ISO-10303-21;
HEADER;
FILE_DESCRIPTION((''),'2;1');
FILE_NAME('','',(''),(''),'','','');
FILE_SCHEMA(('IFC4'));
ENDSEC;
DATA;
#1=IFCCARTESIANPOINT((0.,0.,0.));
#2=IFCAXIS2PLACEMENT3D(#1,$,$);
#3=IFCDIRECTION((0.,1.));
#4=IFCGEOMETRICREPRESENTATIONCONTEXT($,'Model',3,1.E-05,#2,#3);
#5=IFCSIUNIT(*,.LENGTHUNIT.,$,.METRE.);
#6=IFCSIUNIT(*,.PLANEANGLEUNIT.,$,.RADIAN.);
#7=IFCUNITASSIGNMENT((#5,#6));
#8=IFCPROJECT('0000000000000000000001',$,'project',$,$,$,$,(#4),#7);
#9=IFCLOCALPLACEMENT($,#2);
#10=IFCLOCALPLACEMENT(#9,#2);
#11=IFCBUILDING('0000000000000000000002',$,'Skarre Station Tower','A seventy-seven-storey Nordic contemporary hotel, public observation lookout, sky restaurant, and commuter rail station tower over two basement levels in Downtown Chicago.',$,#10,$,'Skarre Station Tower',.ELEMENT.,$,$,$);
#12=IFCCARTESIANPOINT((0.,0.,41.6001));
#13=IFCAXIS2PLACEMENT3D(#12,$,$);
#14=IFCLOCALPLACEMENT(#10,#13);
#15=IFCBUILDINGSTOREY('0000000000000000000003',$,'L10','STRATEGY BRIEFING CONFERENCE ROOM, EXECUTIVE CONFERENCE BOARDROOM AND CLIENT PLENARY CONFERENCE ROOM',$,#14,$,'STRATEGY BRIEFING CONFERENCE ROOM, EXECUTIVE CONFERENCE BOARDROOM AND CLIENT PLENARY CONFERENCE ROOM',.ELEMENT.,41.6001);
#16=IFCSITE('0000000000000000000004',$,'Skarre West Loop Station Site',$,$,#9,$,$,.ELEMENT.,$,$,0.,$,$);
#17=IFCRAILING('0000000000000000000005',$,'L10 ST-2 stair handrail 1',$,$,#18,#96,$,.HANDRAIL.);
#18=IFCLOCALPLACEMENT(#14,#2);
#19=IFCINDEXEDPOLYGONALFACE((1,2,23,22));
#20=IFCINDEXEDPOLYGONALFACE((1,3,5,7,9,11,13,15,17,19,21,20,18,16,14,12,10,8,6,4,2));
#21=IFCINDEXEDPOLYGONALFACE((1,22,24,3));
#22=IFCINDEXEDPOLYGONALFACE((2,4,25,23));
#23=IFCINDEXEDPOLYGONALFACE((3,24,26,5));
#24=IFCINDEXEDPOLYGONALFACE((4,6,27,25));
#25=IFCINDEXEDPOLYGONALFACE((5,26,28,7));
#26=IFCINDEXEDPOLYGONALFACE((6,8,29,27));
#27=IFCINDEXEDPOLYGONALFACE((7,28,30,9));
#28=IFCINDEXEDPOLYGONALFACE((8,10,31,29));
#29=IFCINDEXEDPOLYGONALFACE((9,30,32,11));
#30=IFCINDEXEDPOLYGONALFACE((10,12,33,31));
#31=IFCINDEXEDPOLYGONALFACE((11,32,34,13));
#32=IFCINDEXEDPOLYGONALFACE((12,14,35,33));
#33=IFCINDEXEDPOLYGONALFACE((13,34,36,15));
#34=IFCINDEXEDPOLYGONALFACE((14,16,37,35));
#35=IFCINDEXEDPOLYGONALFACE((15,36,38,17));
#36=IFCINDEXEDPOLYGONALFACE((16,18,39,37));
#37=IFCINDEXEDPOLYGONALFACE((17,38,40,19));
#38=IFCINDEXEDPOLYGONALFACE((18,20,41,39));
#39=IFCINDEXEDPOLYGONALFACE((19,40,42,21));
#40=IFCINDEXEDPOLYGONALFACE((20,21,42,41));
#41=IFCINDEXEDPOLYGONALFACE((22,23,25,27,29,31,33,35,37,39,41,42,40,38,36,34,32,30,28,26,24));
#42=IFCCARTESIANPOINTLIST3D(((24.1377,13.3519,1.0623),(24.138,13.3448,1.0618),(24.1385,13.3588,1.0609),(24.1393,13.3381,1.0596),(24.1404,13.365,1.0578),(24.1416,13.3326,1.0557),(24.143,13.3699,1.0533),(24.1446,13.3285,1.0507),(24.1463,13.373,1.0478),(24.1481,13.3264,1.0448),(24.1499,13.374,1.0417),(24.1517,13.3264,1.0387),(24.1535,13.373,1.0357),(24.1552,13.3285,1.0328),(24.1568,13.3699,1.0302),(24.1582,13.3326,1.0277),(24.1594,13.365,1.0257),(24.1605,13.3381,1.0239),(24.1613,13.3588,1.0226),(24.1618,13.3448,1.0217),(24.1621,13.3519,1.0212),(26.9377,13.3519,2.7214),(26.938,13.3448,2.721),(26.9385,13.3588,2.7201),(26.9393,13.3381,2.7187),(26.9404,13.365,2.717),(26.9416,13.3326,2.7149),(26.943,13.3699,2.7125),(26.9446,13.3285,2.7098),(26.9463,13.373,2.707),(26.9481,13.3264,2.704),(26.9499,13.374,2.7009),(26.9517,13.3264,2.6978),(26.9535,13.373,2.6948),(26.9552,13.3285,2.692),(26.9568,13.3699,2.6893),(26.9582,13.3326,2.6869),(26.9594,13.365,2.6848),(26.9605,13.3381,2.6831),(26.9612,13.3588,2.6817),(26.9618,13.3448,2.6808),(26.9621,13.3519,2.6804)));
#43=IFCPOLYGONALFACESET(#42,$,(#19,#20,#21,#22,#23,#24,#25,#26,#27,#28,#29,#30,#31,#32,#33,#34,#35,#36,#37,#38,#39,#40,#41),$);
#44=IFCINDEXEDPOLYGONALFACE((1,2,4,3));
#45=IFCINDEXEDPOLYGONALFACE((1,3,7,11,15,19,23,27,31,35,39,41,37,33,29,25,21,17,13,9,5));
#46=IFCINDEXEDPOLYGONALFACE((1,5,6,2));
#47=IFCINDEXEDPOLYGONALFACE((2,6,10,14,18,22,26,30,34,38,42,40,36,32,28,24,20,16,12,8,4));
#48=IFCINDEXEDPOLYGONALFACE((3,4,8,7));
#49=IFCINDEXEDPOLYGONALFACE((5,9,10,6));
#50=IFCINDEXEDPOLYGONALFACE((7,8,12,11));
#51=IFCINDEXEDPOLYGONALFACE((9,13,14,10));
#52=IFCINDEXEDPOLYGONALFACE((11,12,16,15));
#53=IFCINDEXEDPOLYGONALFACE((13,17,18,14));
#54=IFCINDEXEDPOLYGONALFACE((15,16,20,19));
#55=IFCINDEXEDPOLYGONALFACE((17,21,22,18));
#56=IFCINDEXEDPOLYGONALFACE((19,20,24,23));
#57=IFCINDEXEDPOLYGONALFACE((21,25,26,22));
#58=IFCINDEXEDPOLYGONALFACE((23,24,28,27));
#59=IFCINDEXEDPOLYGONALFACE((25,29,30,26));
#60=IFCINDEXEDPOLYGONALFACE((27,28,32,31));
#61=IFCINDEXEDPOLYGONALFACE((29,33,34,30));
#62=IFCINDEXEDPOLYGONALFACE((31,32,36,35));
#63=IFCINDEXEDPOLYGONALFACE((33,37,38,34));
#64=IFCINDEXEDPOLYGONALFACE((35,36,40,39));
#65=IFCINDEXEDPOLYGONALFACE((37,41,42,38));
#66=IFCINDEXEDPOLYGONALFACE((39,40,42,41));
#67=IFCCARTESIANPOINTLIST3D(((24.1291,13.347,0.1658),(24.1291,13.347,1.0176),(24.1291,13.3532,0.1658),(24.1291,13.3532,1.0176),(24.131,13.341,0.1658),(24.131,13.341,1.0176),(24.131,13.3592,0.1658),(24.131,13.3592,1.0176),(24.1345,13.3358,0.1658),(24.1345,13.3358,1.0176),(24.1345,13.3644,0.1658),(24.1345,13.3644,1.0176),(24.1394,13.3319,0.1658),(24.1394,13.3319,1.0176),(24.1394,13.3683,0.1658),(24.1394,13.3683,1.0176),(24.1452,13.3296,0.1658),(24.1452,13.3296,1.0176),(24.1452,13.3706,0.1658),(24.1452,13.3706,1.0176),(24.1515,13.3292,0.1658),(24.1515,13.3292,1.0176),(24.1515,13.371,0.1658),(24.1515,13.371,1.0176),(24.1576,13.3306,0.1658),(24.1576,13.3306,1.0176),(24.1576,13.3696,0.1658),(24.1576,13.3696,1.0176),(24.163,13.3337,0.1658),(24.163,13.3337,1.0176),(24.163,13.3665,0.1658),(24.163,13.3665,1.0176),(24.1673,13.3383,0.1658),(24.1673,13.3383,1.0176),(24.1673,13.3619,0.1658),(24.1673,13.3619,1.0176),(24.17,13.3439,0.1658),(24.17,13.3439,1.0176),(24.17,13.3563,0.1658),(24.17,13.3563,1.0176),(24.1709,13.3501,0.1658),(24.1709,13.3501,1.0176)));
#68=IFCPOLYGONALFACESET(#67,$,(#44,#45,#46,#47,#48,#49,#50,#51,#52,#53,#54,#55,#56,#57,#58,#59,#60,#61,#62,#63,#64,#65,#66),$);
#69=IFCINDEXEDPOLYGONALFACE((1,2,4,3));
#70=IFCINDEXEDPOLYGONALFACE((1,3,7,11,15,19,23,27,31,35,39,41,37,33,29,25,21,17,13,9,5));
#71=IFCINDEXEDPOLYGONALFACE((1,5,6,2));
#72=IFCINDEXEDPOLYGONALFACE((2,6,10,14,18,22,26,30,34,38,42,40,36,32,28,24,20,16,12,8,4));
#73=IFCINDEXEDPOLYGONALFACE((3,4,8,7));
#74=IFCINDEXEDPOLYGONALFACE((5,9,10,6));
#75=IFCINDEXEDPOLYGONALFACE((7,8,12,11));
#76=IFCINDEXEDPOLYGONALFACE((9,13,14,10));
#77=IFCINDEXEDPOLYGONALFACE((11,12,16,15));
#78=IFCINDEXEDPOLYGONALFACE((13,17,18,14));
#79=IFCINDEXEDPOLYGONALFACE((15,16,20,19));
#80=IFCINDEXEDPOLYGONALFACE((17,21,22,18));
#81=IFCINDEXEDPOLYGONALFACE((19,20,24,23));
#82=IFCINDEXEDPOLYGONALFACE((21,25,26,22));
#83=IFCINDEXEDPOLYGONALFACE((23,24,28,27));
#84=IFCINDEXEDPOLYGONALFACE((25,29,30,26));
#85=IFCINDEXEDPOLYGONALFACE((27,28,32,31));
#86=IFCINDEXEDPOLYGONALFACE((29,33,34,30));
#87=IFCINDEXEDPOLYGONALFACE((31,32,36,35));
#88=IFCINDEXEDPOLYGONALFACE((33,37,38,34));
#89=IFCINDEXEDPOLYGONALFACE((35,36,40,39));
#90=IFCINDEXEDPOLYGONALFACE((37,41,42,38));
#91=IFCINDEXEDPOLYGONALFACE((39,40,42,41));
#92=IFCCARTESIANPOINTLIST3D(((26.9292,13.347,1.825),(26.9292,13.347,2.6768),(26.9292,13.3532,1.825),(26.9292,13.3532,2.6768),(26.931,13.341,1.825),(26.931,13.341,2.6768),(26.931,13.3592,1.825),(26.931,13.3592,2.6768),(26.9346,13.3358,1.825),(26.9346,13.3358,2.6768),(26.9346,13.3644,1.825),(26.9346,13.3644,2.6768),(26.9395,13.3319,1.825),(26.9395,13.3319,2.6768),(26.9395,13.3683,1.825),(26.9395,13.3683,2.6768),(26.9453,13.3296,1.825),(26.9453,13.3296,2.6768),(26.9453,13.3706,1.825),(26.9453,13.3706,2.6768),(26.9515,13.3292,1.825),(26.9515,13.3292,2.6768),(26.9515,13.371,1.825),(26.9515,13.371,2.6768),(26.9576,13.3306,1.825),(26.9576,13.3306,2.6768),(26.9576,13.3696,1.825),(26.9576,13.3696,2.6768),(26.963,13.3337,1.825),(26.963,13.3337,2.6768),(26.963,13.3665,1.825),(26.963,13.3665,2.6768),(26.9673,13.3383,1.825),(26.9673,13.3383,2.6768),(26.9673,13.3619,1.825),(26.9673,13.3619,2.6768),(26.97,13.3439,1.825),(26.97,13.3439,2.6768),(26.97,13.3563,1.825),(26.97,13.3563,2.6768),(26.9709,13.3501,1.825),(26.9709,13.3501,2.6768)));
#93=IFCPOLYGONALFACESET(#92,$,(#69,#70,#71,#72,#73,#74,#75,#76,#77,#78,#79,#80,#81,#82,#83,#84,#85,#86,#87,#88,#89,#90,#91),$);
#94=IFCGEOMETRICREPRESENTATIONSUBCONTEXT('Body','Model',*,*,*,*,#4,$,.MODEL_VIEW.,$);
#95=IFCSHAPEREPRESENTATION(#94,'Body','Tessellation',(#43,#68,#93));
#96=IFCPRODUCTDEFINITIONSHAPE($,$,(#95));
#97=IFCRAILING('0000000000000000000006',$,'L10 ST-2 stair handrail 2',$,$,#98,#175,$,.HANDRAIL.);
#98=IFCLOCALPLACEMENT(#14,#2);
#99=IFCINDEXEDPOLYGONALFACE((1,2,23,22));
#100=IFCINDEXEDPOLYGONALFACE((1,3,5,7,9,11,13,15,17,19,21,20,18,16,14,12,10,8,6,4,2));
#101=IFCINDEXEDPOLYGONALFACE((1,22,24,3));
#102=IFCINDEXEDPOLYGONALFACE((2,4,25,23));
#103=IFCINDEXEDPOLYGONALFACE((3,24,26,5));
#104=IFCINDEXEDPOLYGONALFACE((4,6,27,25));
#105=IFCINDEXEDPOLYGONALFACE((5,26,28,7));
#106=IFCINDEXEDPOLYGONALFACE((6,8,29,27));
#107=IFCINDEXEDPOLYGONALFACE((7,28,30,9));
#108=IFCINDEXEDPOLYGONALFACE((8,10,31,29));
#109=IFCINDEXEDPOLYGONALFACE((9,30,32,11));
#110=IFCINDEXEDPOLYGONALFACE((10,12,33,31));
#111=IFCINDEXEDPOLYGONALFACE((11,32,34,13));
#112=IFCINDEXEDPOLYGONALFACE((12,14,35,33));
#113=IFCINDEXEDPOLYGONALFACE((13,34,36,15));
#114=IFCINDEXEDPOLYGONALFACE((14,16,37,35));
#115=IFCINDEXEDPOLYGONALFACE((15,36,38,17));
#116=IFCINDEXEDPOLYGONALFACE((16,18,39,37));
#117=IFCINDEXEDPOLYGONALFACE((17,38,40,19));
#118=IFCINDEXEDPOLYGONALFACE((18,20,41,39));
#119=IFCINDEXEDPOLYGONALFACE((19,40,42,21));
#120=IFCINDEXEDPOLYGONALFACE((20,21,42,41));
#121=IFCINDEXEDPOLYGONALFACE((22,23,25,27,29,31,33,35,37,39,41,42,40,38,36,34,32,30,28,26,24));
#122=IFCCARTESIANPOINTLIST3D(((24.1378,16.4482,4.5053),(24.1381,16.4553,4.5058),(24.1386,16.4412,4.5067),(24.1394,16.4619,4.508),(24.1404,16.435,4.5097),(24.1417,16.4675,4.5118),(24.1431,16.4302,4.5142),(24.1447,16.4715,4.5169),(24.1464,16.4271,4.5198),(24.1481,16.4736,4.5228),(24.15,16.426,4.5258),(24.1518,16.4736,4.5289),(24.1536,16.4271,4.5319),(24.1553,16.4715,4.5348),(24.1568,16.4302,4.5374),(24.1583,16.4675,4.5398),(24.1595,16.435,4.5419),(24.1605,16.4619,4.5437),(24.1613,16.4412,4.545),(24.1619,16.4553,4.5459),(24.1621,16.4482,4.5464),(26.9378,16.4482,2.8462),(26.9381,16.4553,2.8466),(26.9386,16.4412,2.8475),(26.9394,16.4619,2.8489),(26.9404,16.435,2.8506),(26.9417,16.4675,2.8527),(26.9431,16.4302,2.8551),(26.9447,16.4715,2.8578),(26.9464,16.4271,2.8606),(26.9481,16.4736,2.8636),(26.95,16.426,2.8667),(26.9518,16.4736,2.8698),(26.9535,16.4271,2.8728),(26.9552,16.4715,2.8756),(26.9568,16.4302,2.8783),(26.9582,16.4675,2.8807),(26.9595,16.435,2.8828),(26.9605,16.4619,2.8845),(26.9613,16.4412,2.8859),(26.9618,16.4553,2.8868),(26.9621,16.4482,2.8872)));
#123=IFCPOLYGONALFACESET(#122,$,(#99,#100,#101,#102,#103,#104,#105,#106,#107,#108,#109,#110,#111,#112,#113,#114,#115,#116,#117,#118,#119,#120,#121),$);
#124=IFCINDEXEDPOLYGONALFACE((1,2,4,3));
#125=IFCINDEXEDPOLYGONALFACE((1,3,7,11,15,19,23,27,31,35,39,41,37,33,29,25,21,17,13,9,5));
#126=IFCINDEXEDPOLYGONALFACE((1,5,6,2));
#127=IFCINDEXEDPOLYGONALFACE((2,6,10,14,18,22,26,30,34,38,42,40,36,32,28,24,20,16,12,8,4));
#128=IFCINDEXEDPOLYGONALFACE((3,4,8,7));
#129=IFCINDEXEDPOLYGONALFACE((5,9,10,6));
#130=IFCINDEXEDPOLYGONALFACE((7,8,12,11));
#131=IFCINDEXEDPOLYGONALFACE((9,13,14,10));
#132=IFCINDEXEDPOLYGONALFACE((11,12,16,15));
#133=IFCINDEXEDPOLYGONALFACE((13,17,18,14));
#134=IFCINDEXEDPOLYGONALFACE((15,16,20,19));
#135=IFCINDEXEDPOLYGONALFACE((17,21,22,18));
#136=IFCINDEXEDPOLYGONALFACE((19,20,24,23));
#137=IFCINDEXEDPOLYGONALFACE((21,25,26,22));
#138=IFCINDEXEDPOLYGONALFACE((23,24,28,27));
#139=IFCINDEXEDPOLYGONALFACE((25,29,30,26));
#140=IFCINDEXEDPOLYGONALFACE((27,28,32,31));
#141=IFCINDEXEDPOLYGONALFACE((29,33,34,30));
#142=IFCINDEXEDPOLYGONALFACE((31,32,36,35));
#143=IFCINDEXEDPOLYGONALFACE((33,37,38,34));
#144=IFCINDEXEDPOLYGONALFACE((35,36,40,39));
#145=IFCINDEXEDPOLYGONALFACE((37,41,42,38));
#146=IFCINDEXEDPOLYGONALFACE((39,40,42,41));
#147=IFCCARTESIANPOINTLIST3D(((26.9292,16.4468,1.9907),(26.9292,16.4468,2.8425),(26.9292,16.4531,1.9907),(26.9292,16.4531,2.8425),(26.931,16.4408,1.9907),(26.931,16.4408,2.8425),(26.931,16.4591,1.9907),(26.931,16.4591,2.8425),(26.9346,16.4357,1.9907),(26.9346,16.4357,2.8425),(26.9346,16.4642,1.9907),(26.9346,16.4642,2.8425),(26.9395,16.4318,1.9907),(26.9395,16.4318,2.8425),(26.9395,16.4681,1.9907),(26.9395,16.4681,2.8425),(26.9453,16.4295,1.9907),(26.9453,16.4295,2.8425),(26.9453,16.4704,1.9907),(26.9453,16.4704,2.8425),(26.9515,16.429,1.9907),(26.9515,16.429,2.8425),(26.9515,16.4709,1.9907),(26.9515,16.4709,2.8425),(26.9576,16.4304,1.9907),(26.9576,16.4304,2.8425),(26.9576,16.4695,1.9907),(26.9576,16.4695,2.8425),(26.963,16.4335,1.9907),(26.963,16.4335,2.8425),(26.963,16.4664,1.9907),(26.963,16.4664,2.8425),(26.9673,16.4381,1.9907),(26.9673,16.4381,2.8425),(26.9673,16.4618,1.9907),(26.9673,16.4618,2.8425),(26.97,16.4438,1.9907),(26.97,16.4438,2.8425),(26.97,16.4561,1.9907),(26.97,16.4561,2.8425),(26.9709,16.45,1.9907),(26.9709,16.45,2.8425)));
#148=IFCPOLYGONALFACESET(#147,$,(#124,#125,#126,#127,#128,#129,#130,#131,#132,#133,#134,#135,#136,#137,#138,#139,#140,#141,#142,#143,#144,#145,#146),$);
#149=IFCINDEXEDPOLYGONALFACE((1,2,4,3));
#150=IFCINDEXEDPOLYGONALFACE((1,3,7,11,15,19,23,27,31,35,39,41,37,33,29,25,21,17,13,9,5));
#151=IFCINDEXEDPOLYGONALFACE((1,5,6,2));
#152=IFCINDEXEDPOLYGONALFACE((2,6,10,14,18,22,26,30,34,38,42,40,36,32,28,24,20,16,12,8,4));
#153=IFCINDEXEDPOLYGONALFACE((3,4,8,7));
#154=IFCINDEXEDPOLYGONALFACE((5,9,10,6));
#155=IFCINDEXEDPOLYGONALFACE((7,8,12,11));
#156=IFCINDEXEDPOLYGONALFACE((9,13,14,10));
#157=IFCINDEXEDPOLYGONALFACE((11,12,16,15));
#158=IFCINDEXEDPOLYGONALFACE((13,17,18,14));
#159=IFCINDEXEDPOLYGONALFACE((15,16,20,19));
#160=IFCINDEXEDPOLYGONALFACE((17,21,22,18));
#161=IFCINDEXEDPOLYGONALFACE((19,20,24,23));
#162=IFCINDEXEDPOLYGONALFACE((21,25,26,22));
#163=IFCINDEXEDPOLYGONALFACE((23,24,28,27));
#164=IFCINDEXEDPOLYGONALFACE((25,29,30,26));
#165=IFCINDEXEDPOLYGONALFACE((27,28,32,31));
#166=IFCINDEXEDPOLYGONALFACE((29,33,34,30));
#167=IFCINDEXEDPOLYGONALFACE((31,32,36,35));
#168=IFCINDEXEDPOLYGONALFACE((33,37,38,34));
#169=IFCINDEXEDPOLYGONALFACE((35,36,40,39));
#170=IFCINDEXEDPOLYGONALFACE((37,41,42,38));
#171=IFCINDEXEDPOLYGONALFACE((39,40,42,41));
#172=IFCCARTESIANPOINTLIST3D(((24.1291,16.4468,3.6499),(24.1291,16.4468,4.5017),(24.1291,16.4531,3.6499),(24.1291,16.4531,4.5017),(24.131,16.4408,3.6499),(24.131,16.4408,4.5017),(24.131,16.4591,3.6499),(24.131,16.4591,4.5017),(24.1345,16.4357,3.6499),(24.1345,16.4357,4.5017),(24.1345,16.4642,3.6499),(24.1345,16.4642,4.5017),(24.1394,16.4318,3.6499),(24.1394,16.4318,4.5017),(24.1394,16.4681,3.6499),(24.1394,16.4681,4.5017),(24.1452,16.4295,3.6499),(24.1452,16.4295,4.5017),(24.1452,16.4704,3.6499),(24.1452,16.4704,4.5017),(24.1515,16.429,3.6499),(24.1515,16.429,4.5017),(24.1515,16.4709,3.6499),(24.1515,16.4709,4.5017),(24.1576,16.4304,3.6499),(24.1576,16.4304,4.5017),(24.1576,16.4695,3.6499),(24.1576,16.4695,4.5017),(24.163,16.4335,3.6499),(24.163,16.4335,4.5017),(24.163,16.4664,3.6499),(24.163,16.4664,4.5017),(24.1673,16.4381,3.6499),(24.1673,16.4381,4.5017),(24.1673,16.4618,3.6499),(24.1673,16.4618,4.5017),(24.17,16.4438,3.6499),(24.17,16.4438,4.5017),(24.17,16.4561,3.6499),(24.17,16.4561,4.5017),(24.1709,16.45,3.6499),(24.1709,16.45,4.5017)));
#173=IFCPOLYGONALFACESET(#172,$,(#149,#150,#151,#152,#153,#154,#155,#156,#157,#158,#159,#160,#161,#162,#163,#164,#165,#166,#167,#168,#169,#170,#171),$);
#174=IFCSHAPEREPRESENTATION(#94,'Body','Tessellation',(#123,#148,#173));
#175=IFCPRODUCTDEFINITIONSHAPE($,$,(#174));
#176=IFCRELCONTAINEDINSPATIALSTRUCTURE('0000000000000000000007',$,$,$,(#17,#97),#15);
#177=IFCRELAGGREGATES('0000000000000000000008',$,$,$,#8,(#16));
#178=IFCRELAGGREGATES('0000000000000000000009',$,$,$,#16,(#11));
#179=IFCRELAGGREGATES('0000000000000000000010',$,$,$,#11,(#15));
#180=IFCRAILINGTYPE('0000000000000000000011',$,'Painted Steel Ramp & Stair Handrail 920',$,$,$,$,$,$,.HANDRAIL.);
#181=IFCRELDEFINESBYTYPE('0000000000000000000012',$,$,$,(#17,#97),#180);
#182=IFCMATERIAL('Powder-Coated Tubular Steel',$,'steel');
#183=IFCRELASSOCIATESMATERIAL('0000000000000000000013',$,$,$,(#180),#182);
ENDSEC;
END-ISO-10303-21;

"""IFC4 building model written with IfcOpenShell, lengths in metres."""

from ifc_helpers import new_model, si_unit, direction, frame, origin, origin_2d, place, context, subcontext, project, spatial, circle, extrude, material, type_object, element, save


model = new_model("IFC4")

# Units and contexts
model_context = context("Model", 3, precision=1e-05, world=origin(), true_north=direction((0.0, 1.0)))
body_context = subcontext(model_context, "Body", "Model", "MODEL_VIEW")
ifc_project = project(units=[si_unit("LENGTHUNIT", "METRE"), si_unit("PLANEANGLEUNIT", "RADIAN")], contexts=[model_context])

# Site, building, storey
site_placement = place(None, origin())
site = spatial("IfcSite", under=ifc_project, at=site_placement, Name="Skarre West Loop Station Site", CompositionType="ELEMENT", RefElevation=0.0)
building_placement = place(site_placement, origin())
building = spatial("IfcBuilding", under=site, at=building_placement, Name="Skarre Station Tower", Description="A seventy-seven-storey Nordic contemporary hotel, public observation lookout, sky restaurant, and commuter rail station tower over two basement levels in Downtown Chicago.", LongName="Skarre Station Tower", CompositionType="ELEMENT")
storey_placement = place(building_placement, frame((0.0, 0.0, 41.6001)))
storey = spatial("IfcBuildingStorey", under=building, at=storey_placement, Name="L10", Description="STRATEGY BRIEFING CONFERENCE ROOM, EXECUTIVE CONFERENCE BOARDROOM AND CLIENT PLENARY CONFERENCE ROOM", LongName="STRATEGY BRIEFING CONFERENCE ROOM, EXECUTIVE CONFERENCE BOARDROOM AND CLIENT PLENARY CONFERENCE ROOM", CompositionType="ELEMENT", Elevation=41.6001)

# Railings
ifc_material_1 = material(Name="Powder-Coated Tubular Steel", Category="steel")
railing_type_1 = type_object("IfcRailingType", Name="Painted Steel Ramp & Stair Handrail 920", PredefinedType="HANDRAIL", material=ifc_material_1)
railing_1_placement = place(storey_placement, frame((24.1499, 13.3501, 0.1658)))
element("IfcRailing", 1, at=railing_1_placement, inside=storey, type_object=railing_type_1, Name="L10 ST-2 stair handrail 1", PredefinedType="HANDRAIL", context=body_context, shape_type="SweptSolid", body=[
    extrude(circle(Radius=0.0239, at=origin_2d()), frame((0.0, 0.0, 0.876), z_axis=(0.860306, 0.0, 0.509778), x_axis=(0.0, 1.0, 0.0)), (0.0, 0.0, 1.0), 3.2546),
    extrude(circle(Radius=0.021, at=origin_2d()), origin(), (0.0, 0.0, 1.0), 0.8518),
    extrude(circle(Radius=0.021, at=origin_2d()), frame((2.8, 0.0, 1.6592)), (0.0, 0.0, 1.0), 0.8518),
])
railing_2_placement = place(storey_placement, frame((26.95, 16.45, 1.9907)))
element("IfcRailing", 2, at=railing_2_placement, inside=storey, type_object=railing_type_1, Name="L10 ST-2 stair handrail 2", PredefinedType="HANDRAIL", context=body_context, shape_type="SweptSolid", body=[
    extrude(circle(Radius=0.0239, at=origin_2d()), frame((0.0, 0.0, 0.876), z_axis=(-0.860306, 0.0, 0.509778), x_axis=(0.0, -1.0, 0.0)), (0.0, 0.0, 1.0), 3.2546),
    extrude(circle(Radius=0.021, at=origin_2d()), origin(), (0.0, 0.0, 1.0), 0.8518),
    extrude(circle(Radius=0.021, at=origin_2d()), frame((-2.8, 0.0, 1.6592)), (0.0, 0.0, 1.0), 0.8518),
])

save(model, "model.ifc")
